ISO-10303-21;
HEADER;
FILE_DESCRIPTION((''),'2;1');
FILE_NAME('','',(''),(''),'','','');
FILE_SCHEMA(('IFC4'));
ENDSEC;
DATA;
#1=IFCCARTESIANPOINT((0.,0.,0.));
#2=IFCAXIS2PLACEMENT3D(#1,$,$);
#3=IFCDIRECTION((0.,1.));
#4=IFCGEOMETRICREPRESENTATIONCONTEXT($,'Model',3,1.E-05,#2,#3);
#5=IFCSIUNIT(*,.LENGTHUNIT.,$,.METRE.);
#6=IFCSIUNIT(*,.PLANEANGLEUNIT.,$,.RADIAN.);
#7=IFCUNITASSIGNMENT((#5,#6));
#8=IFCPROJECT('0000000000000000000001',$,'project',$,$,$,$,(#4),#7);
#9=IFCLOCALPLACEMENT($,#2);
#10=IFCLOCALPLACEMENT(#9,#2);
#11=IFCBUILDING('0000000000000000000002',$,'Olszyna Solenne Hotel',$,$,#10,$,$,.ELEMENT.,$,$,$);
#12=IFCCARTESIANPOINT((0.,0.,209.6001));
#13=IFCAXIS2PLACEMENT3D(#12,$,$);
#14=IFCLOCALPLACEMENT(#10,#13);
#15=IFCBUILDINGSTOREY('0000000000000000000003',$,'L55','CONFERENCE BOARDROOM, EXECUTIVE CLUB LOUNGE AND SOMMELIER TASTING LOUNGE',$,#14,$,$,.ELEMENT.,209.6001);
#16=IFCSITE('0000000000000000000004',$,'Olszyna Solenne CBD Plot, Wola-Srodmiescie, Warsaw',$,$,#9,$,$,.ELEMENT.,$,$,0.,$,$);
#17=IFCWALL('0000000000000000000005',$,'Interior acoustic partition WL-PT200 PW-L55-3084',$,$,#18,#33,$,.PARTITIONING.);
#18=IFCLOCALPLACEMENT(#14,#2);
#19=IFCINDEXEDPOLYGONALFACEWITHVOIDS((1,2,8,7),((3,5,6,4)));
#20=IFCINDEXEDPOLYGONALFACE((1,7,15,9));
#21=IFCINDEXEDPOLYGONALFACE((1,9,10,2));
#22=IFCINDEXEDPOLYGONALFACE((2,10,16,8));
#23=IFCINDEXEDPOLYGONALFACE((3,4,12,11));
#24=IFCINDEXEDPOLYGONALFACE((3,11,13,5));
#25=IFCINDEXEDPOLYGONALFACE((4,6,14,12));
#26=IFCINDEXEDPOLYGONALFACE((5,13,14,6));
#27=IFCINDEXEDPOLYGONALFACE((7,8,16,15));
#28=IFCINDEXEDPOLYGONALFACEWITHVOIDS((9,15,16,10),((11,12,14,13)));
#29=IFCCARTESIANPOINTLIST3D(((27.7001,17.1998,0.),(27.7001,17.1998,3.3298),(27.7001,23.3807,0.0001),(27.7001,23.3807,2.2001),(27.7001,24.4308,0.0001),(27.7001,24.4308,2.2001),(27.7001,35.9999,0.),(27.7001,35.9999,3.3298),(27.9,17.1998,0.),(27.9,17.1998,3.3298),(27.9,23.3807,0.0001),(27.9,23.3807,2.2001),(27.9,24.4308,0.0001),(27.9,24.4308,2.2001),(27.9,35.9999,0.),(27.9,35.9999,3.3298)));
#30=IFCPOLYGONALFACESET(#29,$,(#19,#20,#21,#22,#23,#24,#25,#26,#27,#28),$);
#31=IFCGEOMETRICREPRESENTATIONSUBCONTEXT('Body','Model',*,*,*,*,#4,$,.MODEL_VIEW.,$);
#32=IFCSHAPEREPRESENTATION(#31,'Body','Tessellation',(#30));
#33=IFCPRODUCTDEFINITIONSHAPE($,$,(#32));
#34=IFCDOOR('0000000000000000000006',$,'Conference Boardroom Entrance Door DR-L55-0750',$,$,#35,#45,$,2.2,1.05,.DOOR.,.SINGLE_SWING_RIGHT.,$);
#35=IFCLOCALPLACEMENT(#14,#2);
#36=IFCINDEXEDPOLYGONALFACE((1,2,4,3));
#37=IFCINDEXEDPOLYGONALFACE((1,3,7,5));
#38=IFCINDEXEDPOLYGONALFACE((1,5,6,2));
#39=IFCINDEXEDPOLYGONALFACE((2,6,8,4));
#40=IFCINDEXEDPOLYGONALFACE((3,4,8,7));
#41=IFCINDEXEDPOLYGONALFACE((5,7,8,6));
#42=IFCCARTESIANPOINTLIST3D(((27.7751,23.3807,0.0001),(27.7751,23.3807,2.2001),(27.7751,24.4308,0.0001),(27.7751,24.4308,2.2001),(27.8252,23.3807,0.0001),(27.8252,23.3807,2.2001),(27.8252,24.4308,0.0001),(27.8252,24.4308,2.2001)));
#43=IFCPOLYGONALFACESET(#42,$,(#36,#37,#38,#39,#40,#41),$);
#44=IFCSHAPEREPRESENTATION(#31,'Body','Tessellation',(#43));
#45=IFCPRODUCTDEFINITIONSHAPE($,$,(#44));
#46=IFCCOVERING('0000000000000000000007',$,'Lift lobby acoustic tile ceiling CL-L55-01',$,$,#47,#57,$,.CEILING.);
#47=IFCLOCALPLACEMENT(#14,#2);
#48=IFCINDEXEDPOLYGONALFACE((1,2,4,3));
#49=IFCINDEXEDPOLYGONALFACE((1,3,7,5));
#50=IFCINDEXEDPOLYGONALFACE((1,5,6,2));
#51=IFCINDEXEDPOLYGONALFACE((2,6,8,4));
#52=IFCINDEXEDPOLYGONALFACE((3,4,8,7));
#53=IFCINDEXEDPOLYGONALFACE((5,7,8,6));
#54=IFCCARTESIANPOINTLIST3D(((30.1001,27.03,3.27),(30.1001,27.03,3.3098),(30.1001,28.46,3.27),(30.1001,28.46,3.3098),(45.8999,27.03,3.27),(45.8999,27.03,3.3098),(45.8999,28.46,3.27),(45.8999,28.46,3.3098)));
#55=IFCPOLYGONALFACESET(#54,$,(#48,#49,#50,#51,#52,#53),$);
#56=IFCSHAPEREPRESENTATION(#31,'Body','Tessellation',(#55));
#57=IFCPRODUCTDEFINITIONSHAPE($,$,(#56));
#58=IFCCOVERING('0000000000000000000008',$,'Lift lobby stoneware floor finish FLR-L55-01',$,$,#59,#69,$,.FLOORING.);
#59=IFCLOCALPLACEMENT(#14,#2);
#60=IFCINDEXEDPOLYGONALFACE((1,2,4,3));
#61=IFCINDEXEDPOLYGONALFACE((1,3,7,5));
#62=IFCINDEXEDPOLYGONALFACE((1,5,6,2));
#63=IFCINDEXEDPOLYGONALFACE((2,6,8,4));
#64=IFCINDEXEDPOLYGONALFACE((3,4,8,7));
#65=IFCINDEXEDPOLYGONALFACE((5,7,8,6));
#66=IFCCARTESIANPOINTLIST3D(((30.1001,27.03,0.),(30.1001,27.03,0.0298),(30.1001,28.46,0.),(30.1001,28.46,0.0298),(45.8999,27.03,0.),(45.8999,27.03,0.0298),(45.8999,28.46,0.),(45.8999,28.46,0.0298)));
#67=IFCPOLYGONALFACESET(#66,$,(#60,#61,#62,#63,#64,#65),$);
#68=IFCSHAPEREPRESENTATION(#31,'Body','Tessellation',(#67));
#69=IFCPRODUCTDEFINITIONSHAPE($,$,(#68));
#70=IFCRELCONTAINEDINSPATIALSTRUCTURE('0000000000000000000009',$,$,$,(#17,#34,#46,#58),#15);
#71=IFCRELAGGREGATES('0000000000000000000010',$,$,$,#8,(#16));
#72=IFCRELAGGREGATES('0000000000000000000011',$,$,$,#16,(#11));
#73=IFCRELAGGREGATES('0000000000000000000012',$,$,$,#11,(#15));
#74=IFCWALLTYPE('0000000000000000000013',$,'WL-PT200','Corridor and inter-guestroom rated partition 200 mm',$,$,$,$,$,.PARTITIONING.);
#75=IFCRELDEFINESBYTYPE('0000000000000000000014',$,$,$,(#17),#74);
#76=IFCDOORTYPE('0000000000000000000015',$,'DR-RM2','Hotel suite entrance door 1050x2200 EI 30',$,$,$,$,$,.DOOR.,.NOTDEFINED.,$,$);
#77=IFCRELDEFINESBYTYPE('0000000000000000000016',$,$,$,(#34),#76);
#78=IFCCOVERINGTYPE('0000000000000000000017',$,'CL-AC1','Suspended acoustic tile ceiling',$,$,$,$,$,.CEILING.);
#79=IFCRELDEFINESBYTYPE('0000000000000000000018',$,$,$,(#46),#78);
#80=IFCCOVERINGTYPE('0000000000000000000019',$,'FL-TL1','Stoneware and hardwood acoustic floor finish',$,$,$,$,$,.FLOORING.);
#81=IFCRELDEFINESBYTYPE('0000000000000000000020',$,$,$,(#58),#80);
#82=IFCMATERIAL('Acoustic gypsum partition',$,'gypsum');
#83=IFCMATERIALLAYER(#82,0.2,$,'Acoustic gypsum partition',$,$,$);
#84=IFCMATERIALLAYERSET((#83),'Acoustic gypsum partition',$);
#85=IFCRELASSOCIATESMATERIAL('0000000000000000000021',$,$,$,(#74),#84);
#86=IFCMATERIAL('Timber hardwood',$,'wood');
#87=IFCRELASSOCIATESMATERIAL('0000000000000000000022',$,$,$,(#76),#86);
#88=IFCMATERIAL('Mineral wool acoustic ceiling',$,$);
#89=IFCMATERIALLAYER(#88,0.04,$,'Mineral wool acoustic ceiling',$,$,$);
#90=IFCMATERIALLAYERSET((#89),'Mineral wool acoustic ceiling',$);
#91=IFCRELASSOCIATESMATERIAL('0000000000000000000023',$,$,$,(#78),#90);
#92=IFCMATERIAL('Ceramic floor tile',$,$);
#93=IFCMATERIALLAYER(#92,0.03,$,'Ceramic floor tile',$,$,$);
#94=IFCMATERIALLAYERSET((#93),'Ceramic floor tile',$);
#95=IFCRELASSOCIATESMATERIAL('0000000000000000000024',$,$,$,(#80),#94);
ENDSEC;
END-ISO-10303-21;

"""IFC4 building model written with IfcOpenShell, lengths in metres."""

from ifc_helpers import new_model, si_unit, direction, frame, frame_2d, origin, place, context, subcontext, project, spatial, polyline, rectangle, outline, extrude, source, transform, mapped, material, layer, layer_set, type_object, type_shapes, element, fill, save


model = new_model("IFC4")

# Units and contexts
model_context = context("Model", 3, precision=1e-05, world=origin(), true_north=direction((0.0, 1.0)))
body_context = subcontext(model_context, "Body", "Model", "MODEL_VIEW")
ifc_project = project(units=[si_unit("LENGTHUNIT", "METRE"), si_unit("PLANEANGLEUNIT", "RADIAN")], contexts=[model_context])

# Site, building, storey
site_placement = place(None, origin())
site = spatial("IfcSite", under=ifc_project, at=site_placement, Name="Olszyna Solenne CBD Plot, Wola-Srodmiescie, Warsaw", CompositionType="ELEMENT", RefElevation=0.0)
building_placement = place(site_placement, origin())
building = spatial("IfcBuilding", under=site, at=building_placement, Name="Olszyna Solenne Hotel", CompositionType="ELEMENT")
storey_placement = place(building_placement, frame((0.0, 0.0, 209.6001)))
storey = spatial("IfcBuildingStorey", under=building, at=storey_placement, Name="L55", Description="CONFERENCE BOARDROOM, EXECUTIVE CLUB LOUNGE AND SOMMELIER TASTING LOUNGE", CompositionType="ELEMENT", Elevation=209.6001)

# Shared definitions
ifc_material_1 = material(Name="Acoustic gypsum partition", Category="gypsum")
ifc_layer_1 = layer(ifc_material_1, 0.2, Name="Acoustic gypsum partition")
ifc_layer_set_1 = layer_set([ifc_layer_1], Name="Acoustic gypsum partition")
wall_type_1 = type_object("IfcWallType", Name="WL-PT200", Description="Corridor and inter-guestroom rated partition 200 mm", PredefinedType="PARTITIONING", material=ifc_layer_set_1)
ifc_material_2 = material(Name="Timber hardwood", Category="wood")
door_type_1 = type_object("IfcDoorType", Name="DR-RM2", Description="Hotel suite entrance door 1050x2200 EI 30", OperationType="NOTDEFINED", PredefinedType="DOOR", material=ifc_material_2)
shared_shape_1 = source(origin(), body_context, "Body", "SweptSolid", [
    extrude(rectangle(XDim=1.05, YDim=2.2, at=frame_2d((0.5249, 1.1001))), frame((0.0, 0.0249, 0.0), z_axis=(0.0, -1.0, 0.0), x_axis=(1.0, 0.0, 0.0)), (0.0, 0.0, 1.0), 0.05),
])
type_shapes(door_type_1, [shared_shape_1])

# Wall, opening, door
wall_1_placement = place(storey_placement, frame((27.8, 17.2, 0.0), z_axis=(0.0, 0.0, 1.0), x_axis=(0.0, 1.0, 0.0)))
wall_1 = element("IfcWall", 1, at=wall_1_placement, inside=storey, type_object=wall_type_1, Name="Interior acoustic partition WL-PT200 PW-L55-3084", PredefinedType="PARTITIONING", context=body_context, shape_type="SweptSolid", body=[
    extrude(rectangle(XDim=18.8, YDim=0.2, at=frame_2d((9.3999, 0.0))), origin(), (0.0, 0.0, 1.0), 3.3298),
])
opening_1_placement = place(wall_1_placement, frame((6.1809, 0.0, 0.0)))
opening_1 = element("IfcOpeningElement", 2, at=opening_1_placement, cuts=wall_1, PredefinedType="OPENING", context=body_context, shape_type="SweptSolid", body=[
    extrude(rectangle(XDim=1.05, YDim=2.2, at=frame_2d((0.5249, 1.1001))), frame((0.0, 0.1099, 0.0), z_axis=(0.0, -1.0, 0.0), x_axis=(1.0, 0.0, 0.0)), (0.0, 0.0, 1.0), 0.22),
])
door_1_placement = place(opening_1_placement, origin())
door_1 = element("IfcDoor", 3, at=door_1_placement, inside=storey, type_object=door_type_1, Name="Conference Boardroom Entrance Door DR-L55-0750", OperationType="SINGLE_SWING_RIGHT", OverallHeight=2.2, OverallWidth=1.05, PredefinedType="DOOR", context=body_context, shape_type="MappedRepresentation", body=[
    mapped(shared_shape_1, transform((0.0, 0.0, 0.0), x_axis=(1.0, 0.0, 0.0), y_axis=(0.0, 1.0, 0.0), z_axis=(0.0, 0.0, 1.0), scale=1.0)),
])
fill(opening_1, door_1)

# Coverings
ifc_material_3 = material(Name="Mineral wool acoustic ceiling")
ifc_layer_2 = layer(ifc_material_3, 0.04, Name="Mineral wool acoustic ceiling")
ifc_layer_set_2 = layer_set([ifc_layer_2], Name="Mineral wool acoustic ceiling")
covering_type_1 = type_object("IfcCoveringType", Name="CL-AC1", Description="Suspended acoustic tile ceiling", PredefinedType="CEILING", material=ifc_layer_set_2)
covering_1_placement = place(storey_placement, frame((0.0, 0.0, 3.27)))
element("IfcCovering", 4, at=covering_1_placement, inside=storey, type_object=covering_type_1, Name="Lift lobby acoustic tile ceiling CL-L55-01", PredefinedType="CEILING", context=body_context, shape_type="SweptSolid", body=[
    extrude(outline(polyline([(30.1001, 27.03), (45.8999, 27.03), (45.8999, 28.46), (30.1001, 28.46), (30.1001, 27.03)])), origin(), (0.0, 0.0, 1.0), 0.0398),
])
ifc_material_4 = material(Name="Ceramic floor tile")
ifc_layer_3 = layer(ifc_material_4, 0.03, Name="Ceramic floor tile")
ifc_layer_set_3 = layer_set([ifc_layer_3], Name="Ceramic floor tile")
covering_type_2 = type_object("IfcCoveringType", Name="FL-TL1", Description="Stoneware and hardwood acoustic floor finish", PredefinedType="FLOORING", material=ifc_layer_set_3)
covering_2_placement = place(storey_placement, origin())
element("IfcCovering", 5, at=covering_2_placement, inside=storey, type_object=covering_type_2, Name="Lift lobby stoneware floor finish FLR-L55-01", PredefinedType="FLOORING", context=body_context, shape_type="SweptSolid", body=[
    extrude(outline(polyline([(30.1001, 27.03), (45.8999, 27.03), (45.8999, 28.46), (30.1001, 28.46), (30.1001, 27.03)])), origin(), (0.0, 0.0, 1.0), 0.0298),
])

save(model, "model.ifc")
